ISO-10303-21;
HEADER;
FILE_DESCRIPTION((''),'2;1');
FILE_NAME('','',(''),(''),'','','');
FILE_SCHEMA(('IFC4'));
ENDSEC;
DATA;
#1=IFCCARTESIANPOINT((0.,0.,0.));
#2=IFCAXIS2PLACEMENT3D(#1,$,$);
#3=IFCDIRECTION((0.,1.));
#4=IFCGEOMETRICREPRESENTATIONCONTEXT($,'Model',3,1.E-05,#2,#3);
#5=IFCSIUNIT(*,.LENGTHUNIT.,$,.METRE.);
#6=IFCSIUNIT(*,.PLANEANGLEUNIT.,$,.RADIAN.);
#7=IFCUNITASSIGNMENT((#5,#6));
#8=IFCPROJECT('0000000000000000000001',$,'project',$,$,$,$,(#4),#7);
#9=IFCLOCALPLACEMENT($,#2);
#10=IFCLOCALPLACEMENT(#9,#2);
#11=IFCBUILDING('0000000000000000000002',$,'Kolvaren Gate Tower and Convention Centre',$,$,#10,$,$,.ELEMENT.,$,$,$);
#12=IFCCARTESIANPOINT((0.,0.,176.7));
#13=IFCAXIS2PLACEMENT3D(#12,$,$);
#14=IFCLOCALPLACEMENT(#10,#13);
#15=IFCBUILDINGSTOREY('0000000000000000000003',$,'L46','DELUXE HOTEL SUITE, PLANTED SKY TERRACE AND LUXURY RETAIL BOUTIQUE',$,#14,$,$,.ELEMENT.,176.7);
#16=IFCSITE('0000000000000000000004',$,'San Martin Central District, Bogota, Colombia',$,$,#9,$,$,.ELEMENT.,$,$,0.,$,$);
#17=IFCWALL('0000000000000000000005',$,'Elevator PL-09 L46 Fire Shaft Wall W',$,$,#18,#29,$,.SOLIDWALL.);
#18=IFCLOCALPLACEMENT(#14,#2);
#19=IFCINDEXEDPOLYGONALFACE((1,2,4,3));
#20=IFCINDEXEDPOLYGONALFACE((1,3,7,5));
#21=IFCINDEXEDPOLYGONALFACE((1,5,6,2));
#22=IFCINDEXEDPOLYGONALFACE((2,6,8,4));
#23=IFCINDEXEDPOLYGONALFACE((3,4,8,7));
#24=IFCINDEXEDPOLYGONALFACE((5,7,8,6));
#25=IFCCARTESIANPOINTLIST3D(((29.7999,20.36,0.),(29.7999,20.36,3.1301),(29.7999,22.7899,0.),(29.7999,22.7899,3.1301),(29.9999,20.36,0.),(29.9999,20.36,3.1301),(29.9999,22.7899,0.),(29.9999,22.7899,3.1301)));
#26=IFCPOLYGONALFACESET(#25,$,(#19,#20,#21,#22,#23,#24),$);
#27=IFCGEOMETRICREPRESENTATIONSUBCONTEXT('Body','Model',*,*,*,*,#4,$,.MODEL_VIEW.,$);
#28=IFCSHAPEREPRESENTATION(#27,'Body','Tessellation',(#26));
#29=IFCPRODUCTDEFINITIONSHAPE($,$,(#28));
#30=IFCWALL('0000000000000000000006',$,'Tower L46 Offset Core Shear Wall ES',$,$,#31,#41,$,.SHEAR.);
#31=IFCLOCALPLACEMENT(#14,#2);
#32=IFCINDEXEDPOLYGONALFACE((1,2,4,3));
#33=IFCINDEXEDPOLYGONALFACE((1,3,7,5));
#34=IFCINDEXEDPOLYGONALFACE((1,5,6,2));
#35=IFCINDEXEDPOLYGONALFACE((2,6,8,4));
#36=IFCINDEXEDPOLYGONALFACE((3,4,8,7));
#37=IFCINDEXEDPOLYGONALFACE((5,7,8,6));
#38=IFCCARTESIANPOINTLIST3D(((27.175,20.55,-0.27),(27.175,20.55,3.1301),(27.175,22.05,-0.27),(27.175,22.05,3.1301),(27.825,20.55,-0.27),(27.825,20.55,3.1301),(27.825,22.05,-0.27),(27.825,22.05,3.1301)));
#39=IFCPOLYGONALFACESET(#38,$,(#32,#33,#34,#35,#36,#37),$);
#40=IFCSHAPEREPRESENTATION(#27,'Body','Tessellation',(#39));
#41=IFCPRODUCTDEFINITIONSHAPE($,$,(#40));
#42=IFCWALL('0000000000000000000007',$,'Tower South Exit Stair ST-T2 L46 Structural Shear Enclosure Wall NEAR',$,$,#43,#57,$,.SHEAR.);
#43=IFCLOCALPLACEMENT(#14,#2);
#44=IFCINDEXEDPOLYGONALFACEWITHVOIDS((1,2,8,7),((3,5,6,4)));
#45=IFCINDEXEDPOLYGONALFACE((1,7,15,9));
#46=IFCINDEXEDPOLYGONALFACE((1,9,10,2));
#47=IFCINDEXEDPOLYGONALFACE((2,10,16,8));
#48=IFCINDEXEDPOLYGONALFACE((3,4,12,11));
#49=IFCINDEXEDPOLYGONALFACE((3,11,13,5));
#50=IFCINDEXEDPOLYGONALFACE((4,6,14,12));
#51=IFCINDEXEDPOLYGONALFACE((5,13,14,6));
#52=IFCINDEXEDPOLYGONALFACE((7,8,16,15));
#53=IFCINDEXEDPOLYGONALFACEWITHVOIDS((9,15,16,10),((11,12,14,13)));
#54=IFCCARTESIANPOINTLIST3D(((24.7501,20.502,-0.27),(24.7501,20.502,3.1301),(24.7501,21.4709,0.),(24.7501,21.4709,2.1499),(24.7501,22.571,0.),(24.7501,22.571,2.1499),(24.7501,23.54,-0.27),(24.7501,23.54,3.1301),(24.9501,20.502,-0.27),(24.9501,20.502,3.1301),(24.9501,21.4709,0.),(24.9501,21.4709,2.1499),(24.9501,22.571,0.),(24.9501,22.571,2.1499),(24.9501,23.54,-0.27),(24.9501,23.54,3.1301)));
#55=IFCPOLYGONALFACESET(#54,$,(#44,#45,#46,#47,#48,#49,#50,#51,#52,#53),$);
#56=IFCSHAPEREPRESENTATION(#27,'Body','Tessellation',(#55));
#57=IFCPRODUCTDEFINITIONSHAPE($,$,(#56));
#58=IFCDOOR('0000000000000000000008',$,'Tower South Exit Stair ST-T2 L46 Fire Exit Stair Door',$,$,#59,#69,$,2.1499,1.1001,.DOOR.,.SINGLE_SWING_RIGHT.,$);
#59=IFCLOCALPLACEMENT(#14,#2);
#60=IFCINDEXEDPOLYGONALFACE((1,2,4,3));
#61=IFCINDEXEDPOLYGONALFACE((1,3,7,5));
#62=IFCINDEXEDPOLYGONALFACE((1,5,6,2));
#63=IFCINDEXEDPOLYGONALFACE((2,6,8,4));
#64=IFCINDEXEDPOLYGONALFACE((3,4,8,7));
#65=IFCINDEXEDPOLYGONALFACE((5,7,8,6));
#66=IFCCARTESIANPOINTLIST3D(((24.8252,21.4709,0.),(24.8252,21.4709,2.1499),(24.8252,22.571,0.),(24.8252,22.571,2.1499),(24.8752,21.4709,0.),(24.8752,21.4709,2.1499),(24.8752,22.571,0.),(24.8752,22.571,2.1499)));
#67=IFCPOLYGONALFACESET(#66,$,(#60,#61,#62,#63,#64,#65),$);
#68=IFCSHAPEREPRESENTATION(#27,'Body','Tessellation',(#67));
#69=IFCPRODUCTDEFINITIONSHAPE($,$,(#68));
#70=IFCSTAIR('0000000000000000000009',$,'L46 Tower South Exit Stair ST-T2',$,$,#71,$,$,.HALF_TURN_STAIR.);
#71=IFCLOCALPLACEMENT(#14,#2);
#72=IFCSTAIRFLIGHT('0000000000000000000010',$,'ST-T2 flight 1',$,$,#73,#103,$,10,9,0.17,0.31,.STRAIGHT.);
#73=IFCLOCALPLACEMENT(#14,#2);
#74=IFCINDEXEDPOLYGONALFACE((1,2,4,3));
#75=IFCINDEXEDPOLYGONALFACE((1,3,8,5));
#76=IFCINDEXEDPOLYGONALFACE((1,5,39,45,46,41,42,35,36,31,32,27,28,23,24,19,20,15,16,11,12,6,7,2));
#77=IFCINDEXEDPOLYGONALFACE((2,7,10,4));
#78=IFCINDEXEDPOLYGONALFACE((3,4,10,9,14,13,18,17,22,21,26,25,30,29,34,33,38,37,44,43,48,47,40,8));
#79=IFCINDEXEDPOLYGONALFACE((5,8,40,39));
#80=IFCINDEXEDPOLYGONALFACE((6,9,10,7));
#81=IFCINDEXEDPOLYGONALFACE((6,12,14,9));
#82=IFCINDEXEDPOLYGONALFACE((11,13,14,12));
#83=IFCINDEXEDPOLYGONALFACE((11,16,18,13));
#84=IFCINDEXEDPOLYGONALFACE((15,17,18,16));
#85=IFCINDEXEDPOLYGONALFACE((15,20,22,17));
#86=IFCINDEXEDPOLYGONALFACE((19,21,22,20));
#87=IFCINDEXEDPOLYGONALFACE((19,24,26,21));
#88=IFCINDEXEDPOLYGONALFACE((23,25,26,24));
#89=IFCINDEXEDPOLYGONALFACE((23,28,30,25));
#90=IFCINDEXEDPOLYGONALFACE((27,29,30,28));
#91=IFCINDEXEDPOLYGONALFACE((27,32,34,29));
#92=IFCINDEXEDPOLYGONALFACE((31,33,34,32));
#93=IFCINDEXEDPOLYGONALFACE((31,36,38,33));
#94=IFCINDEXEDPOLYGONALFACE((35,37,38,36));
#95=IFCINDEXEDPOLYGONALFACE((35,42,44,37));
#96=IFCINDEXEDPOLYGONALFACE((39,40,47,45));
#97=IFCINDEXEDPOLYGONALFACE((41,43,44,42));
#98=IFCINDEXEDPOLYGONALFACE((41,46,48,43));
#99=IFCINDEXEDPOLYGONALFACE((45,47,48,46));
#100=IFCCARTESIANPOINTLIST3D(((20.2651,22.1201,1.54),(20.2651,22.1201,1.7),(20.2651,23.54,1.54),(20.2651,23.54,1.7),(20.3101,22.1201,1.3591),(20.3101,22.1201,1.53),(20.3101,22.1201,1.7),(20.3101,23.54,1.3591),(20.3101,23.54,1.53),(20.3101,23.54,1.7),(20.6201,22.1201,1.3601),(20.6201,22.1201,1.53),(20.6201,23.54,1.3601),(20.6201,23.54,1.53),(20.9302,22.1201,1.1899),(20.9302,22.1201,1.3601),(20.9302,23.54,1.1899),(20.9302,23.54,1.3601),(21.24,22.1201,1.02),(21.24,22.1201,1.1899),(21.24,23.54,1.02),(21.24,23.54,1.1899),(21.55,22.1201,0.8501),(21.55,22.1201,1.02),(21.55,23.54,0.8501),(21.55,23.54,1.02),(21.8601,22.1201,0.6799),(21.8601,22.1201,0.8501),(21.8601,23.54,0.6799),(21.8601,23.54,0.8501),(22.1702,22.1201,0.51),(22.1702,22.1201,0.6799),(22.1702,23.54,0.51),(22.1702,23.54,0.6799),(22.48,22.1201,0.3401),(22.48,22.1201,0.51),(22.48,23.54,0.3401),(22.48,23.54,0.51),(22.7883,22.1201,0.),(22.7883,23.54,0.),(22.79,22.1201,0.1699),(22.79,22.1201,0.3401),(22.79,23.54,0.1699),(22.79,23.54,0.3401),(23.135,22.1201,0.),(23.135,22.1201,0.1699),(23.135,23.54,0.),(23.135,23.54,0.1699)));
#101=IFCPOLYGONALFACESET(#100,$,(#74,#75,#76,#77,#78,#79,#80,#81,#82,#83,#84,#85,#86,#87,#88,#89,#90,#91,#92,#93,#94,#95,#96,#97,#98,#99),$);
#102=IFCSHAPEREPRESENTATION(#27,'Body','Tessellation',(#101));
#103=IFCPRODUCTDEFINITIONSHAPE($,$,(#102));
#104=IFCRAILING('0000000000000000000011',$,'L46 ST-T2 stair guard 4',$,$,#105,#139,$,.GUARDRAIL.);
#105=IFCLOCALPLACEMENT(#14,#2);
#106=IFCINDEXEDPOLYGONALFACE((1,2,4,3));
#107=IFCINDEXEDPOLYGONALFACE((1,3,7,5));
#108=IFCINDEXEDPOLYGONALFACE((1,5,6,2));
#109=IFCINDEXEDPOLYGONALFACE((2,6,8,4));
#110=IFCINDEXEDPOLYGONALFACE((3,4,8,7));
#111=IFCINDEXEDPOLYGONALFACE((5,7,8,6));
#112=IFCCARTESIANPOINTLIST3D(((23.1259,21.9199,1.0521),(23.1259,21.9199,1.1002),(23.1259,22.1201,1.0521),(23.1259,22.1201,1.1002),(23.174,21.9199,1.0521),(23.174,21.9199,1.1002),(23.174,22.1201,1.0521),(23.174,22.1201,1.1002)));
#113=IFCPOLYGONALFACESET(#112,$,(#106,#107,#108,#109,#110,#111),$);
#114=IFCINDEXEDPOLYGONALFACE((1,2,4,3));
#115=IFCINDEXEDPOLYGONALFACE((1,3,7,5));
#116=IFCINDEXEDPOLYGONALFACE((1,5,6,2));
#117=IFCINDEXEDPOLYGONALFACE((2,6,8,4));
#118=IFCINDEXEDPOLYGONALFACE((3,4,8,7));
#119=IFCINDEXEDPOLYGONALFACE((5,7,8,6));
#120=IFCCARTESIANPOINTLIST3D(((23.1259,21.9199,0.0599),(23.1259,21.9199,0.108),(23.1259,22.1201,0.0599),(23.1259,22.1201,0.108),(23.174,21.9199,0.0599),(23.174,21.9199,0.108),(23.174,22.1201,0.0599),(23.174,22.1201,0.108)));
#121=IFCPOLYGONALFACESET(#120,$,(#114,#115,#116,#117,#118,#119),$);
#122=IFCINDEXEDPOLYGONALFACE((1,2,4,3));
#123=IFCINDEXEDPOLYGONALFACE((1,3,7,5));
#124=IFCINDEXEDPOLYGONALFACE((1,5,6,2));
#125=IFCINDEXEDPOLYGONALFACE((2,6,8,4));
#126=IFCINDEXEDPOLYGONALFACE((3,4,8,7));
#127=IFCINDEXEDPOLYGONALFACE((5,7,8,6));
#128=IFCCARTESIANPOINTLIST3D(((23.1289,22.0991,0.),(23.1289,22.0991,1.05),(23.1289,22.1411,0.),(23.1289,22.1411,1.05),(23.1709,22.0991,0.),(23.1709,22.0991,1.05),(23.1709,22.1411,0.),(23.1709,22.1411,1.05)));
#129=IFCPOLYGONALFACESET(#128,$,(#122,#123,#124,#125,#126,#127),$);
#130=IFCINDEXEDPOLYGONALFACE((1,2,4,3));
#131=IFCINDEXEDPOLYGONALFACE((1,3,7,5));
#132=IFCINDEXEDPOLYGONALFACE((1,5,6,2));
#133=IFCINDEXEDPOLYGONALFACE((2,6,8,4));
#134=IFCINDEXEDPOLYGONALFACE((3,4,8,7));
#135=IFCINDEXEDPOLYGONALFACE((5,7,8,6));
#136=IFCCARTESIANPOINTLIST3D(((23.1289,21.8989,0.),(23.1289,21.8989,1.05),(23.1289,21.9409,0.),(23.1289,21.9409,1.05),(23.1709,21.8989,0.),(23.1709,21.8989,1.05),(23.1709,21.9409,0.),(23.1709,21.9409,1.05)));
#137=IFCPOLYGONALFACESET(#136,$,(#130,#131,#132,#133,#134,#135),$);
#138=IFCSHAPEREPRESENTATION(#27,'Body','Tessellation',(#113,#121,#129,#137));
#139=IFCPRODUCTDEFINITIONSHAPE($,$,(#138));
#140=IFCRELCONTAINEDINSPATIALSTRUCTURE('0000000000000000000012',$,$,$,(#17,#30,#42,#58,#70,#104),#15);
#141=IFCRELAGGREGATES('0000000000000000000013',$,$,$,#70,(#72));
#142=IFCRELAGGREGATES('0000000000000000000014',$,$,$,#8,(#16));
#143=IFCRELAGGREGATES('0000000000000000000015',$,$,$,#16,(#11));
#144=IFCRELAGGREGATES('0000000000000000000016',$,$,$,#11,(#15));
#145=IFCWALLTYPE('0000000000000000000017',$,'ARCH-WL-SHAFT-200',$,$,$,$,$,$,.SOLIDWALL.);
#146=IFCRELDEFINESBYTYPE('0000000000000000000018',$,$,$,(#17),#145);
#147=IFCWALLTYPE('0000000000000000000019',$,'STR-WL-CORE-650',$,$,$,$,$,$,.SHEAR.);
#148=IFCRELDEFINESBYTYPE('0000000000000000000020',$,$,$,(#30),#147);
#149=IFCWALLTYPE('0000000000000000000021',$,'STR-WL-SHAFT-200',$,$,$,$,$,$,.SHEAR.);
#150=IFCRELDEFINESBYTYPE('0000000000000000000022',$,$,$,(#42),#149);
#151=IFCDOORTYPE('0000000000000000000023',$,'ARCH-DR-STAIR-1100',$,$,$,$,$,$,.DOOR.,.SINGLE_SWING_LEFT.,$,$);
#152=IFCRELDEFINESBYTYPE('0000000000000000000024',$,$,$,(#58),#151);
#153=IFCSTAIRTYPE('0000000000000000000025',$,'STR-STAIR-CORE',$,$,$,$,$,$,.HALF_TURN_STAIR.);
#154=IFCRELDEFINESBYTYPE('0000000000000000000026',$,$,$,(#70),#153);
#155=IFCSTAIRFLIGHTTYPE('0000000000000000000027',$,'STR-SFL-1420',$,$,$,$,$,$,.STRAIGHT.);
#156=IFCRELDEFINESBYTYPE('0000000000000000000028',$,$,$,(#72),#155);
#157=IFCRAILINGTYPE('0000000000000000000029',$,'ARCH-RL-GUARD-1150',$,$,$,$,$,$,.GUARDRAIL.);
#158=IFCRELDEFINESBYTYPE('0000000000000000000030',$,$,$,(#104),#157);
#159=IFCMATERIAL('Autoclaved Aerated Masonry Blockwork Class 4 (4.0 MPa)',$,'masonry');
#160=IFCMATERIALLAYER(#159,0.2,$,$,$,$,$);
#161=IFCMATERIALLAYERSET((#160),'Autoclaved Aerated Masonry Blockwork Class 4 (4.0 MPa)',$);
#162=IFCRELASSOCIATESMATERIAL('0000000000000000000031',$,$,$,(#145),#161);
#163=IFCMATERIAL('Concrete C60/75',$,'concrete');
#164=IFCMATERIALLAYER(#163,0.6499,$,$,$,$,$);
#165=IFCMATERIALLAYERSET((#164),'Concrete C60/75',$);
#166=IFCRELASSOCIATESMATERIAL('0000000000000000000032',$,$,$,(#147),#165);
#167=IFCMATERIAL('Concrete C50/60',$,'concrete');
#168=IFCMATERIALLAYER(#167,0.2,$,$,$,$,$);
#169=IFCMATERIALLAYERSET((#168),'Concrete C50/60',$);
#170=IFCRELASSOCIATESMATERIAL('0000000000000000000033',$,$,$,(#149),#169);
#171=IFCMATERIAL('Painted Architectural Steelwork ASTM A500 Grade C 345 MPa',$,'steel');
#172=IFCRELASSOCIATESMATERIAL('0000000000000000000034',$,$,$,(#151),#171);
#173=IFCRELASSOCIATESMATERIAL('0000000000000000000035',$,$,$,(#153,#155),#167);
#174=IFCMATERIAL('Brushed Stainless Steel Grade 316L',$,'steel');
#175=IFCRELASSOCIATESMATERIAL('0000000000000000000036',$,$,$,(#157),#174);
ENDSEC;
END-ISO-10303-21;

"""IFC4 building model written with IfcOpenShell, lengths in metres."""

from ifc_helpers import new_model, si_unit, direction, frame, frame_2d, origin, origin_2d, place, context, subcontext, project, spatial, polyline, rectangle, outline, extrude, material, layer, layer_set, type_object, element, fill, aggregate, save


model = new_model("IFC4")

# Units and contexts
model_context = context("Model", 3, precision=1e-05, world=origin(), true_north=direction((0.0, 1.0)))
body_context = subcontext(model_context, "Body", "Model", "MODEL_VIEW")
ifc_project = project(units=[si_unit("LENGTHUNIT", "METRE"), si_unit("PLANEANGLEUNIT", "RADIAN")], contexts=[model_context])

# Site, building, storey
site_placement = place(None, origin())
site = spatial("IfcSite", under=ifc_project, at=site_placement, Name="San Martin Central District, Bogota, Colombia", CompositionType="ELEMENT", RefElevation=0.0)
building_placement = place(site_placement, origin())
building = spatial("IfcBuilding", under=site, at=building_placement, Name="Kolvaren Gate Tower and Convention Centre", CompositionType="ELEMENT")
storey_placement = place(building_placement, frame((0.0, 0.0, 176.7)))
storey = spatial("IfcBuildingStorey", under=building, at=storey_placement, Name="L46", Description="DELUXE HOTEL SUITE, PLANTED SKY TERRACE AND LUXURY RETAIL BOUTIQUE", CompositionType="ELEMENT", Elevation=176.7)

# Shared definitions
ifc_material_1 = material(Name="Autoclaved Aerated Masonry Blockwork Class 4 (4.0 MPa)", Category="masonry")
ifc_material_2 = material(Name="Painted Architectural Steelwork ASTM A500 Grade C 345 MPa", Category="steel")

# Shared definitions
ifc_layer_1 = layer(ifc_material_1, 0.2)
ifc_layer_set_1 = layer_set([ifc_layer_1], Name="Autoclaved Aerated Masonry Blockwork Class 4 (4.0 MPa)")
wall_type_1 = type_object("IfcWallType", Name="ARCH-WL-SHAFT-200", PredefinedType="SOLIDWALL", material=ifc_layer_set_1)

# Shared definitions
ifc_material_3 = material(Name="Brushed Stainless Steel Grade 316L", Category="steel")

# Walls
wall_1_placement = place(storey_placement, frame((29.8999, 20.3601, 0.0), z_axis=(0.0, 0.0, 1.0), x_axis=(0.0, 1.0, 0.0)))
element("IfcWall", 1, at=wall_1_placement, inside=storey, type_object=wall_type_1, Name="Elevator PL-09 L46 Fire Shaft Wall W", PredefinedType="SOLIDWALL", context=body_context, shape_type="SweptSolid", body=[
    extrude(rectangle(XDim=2.4299, YDim=0.2, at=frame_2d((1.2148, 0.0))), origin(), (0.0, 0.0, 1.0), 3.1301),
])
ifc_material_4 = material(Name="Concrete C60/75", Category="concrete")
ifc_layer_2 = layer(ifc_material_4, 0.6499)
ifc_layer_set_2 = layer_set([ifc_layer_2], Name="Concrete C60/75")
wall_type_2 = type_object("IfcWallType", Name="STR-WL-CORE-650", PredefinedType="SHEAR", material=ifc_layer_set_2)
wall_2_placement = place(storey_placement, frame((27.5, 20.55, -0.27), z_axis=(0.0, 0.0, 1.0), x_axis=(0.0, 1.0, 0.0)))
element("IfcWall", 2, at=wall_2_placement, inside=storey, type_object=wall_type_2, Name="Tower L46 Offset Core Shear Wall ES", PredefinedType="SHEAR", context=body_context, shape_type="SweptSolid", body=[
    extrude(rectangle(XDim=1.5, YDim=0.6499, at=frame_2d((0.75, 0.0))), origin(), (0.0, 0.0, 1.0), 3.4001),
])

# Wall, opening, door
ifc_material_5 = material(Name="Concrete C50/60", Category="concrete")
ifc_layer_3 = layer(ifc_material_5, 0.2)
ifc_layer_set_3 = layer_set([ifc_layer_3], Name="Concrete C50/60")
wall_type_3 = type_object("IfcWallType", Name="STR-WL-SHAFT-200", PredefinedType="SHEAR", material=ifc_layer_set_3)
wall_3_placement = place(storey_placement, frame((24.8501, 20.502, -0.27), z_axis=(0.0, 0.0, 1.0), x_axis=(0.0, 1.0, 0.0)))
wall_3 = element("IfcWall", 3, at=wall_3_placement, inside=storey, type_object=wall_type_3, Name="Tower South Exit Stair ST-T2 L46 Structural Shear Enclosure Wall NEAR", PredefinedType="SHEAR", context=body_context, shape_type="SweptSolid", body=[
    extrude(rectangle(XDim=3.0381, YDim=0.2, at=frame_2d((1.519, 0.0))), origin(), (0.0, 0.0, 1.0), 3.4001),
])
opening_1_placement = place(wall_3_placement, frame((0.969, 0.0, 0.27)))
opening_1 = element("IfcOpeningElement", 4, at=opening_1_placement, cuts=wall_3, PredefinedType="OPENING", context=body_context, shape_type="SweptSolid", body=[
    extrude(rectangle(XDim=1.1001, YDim=2.1499, at=frame_2d((0.55, 1.075))), frame((0.0, 0.1099, 0.0), z_axis=(0.0, -1.0, 0.0), x_axis=(1.0, 0.0, 0.0)), (0.0, 0.0, 1.0), 0.22),
])
door_type_1 = type_object("IfcDoorType", Name="ARCH-DR-STAIR-1100", OperationType="SINGLE_SWING_LEFT", PredefinedType="DOOR", material=ifc_material_2)
door_1_placement = place(opening_1_placement, origin())
door_1 = element("IfcDoor", 5, at=door_1_placement, inside=storey, type_object=door_type_1, Name="Tower South Exit Stair ST-T2 L46 Fire Exit Stair Door", OperationType="SINGLE_SWING_RIGHT", OverallHeight=2.1499, OverallWidth=1.1001, PredefinedType="DOOR", context=body_context, shape_type="SweptSolid", body=[
    extrude(rectangle(XDim=1.1001, YDim=2.1499, at=frame_2d((0.55, 1.075))), frame((0.0, 0.0249, 0.0), z_axis=(0.0, -1.0, 0.0), x_axis=(1.0, 0.0, 0.0)), (0.0, 0.0, 1.0), 0.05),
])
fill(opening_1, door_1)

# Stair, stair flight
stair_type = type_object("IfcStairType", Name="STR-STAIR-CORE", PredefinedType="HALF_TURN_STAIR", material=ifc_material_5)
stair_placement = place(storey_placement, origin())
stair = element("IfcStair", 6, at=stair_placement, inside=storey, type_object=stair_type, Name="L46 Tower South Exit Stair ST-T2", PredefinedType="HALF_TURN_STAIR")
stair_flight_type = type_object("IfcStairFlightType", Name="STR-SFL-1420", PredefinedType="STRAIGHT", material=ifc_material_5)
stair_flight_placement = place(storey_placement, frame((23.1001, 22.8301, 0.0), z_axis=(0.0, 0.0, 1.0), x_axis=(-1.0, 0.0, 0.0)))
stair_flight = element("IfcStairFlight", 7, at=stair_flight_placement, type_object=stair_flight_type, Name="ST-T2 flight 1", NumberOfRisers=10, NumberOfTreads=9, PredefinedType="STRAIGHT", RiserHeight=0.17, TreadLength=0.31, context=body_context, shape_type="SweptSolid", body=[
    extrude(outline(polyline([(-0.0349, 0.0), (-0.0349, 0.1699), (0.3101, 0.1699), (0.3101, 0.3401), (0.6201, 0.3401), (0.6201, 0.51), (0.9299, 0.51), (0.9299, 0.6799), (1.24, 0.6799), (1.24, 0.8501), (1.55, 0.8501), (1.55, 1.02), (1.8601, 1.02), (1.8601, 1.1899), (2.1699, 1.1899), (2.1699, 1.3601), (2.48, 1.3601), (2.48, 1.53), (2.79, 1.53), (2.79, 1.7), (2.835, 1.7), (2.835, 1.54), (2.79, 1.3591), (0.3118, 0.0), (-0.0349, 0.0)])), frame((0.0, 0.71, 0.0), z_axis=(0.0, -1.0, 0.0), x_axis=(1.0, 0.0, 0.0)), (0.0, 0.0, 1.0), 1.4199),
])
aggregate(stair, [stair_flight])

# Railing
railing_type = type_object("IfcRailingType", Name="ARCH-RL-GUARD-1150", PredefinedType="GUARDRAIL", material=ifc_material_3)
railing_placement = place(storey_placement, frame((23.1499, 22.1201, 0.0)))
element("IfcRailing", 8, at=railing_placement, inside=storey, type_object=railing_type, Name="L46 ST-T2 stair guard 4", PredefinedType="GUARDRAIL", context=body_context, shape_type="SweptSolid", body=[
    extrude(rectangle(XDim=0.0481, YDim=0.0481, at=origin_2d()), frame((0.0, 0.0, 1.0762), z_axis=(0.0, -1.0, 0.0), x_axis=(1.0, 0.0, 0.0)), (0.0, 0.0, 1.0), 0.2002),
    extrude(rectangle(XDim=0.0481, YDim=0.0481, at=origin_2d()), frame((0.0, 0.0, 0.084), z_axis=(0.0, -1.0, 0.0), x_axis=(1.0, 0.0, 0.0)), (0.0, 0.0, 1.0), 0.2002),
    extrude(rectangle(XDim=0.042, YDim=0.042, at=origin_2d()), origin(), (0.0, 0.0, 1.0), 1.05),
    extrude(rectangle(XDim=0.042, YDim=0.042, at=origin_2d()), frame((0.0, -0.2002, 0.0)), (0.0, 0.0, 1.0), 1.05),
])

save(model, "model.ifc")
